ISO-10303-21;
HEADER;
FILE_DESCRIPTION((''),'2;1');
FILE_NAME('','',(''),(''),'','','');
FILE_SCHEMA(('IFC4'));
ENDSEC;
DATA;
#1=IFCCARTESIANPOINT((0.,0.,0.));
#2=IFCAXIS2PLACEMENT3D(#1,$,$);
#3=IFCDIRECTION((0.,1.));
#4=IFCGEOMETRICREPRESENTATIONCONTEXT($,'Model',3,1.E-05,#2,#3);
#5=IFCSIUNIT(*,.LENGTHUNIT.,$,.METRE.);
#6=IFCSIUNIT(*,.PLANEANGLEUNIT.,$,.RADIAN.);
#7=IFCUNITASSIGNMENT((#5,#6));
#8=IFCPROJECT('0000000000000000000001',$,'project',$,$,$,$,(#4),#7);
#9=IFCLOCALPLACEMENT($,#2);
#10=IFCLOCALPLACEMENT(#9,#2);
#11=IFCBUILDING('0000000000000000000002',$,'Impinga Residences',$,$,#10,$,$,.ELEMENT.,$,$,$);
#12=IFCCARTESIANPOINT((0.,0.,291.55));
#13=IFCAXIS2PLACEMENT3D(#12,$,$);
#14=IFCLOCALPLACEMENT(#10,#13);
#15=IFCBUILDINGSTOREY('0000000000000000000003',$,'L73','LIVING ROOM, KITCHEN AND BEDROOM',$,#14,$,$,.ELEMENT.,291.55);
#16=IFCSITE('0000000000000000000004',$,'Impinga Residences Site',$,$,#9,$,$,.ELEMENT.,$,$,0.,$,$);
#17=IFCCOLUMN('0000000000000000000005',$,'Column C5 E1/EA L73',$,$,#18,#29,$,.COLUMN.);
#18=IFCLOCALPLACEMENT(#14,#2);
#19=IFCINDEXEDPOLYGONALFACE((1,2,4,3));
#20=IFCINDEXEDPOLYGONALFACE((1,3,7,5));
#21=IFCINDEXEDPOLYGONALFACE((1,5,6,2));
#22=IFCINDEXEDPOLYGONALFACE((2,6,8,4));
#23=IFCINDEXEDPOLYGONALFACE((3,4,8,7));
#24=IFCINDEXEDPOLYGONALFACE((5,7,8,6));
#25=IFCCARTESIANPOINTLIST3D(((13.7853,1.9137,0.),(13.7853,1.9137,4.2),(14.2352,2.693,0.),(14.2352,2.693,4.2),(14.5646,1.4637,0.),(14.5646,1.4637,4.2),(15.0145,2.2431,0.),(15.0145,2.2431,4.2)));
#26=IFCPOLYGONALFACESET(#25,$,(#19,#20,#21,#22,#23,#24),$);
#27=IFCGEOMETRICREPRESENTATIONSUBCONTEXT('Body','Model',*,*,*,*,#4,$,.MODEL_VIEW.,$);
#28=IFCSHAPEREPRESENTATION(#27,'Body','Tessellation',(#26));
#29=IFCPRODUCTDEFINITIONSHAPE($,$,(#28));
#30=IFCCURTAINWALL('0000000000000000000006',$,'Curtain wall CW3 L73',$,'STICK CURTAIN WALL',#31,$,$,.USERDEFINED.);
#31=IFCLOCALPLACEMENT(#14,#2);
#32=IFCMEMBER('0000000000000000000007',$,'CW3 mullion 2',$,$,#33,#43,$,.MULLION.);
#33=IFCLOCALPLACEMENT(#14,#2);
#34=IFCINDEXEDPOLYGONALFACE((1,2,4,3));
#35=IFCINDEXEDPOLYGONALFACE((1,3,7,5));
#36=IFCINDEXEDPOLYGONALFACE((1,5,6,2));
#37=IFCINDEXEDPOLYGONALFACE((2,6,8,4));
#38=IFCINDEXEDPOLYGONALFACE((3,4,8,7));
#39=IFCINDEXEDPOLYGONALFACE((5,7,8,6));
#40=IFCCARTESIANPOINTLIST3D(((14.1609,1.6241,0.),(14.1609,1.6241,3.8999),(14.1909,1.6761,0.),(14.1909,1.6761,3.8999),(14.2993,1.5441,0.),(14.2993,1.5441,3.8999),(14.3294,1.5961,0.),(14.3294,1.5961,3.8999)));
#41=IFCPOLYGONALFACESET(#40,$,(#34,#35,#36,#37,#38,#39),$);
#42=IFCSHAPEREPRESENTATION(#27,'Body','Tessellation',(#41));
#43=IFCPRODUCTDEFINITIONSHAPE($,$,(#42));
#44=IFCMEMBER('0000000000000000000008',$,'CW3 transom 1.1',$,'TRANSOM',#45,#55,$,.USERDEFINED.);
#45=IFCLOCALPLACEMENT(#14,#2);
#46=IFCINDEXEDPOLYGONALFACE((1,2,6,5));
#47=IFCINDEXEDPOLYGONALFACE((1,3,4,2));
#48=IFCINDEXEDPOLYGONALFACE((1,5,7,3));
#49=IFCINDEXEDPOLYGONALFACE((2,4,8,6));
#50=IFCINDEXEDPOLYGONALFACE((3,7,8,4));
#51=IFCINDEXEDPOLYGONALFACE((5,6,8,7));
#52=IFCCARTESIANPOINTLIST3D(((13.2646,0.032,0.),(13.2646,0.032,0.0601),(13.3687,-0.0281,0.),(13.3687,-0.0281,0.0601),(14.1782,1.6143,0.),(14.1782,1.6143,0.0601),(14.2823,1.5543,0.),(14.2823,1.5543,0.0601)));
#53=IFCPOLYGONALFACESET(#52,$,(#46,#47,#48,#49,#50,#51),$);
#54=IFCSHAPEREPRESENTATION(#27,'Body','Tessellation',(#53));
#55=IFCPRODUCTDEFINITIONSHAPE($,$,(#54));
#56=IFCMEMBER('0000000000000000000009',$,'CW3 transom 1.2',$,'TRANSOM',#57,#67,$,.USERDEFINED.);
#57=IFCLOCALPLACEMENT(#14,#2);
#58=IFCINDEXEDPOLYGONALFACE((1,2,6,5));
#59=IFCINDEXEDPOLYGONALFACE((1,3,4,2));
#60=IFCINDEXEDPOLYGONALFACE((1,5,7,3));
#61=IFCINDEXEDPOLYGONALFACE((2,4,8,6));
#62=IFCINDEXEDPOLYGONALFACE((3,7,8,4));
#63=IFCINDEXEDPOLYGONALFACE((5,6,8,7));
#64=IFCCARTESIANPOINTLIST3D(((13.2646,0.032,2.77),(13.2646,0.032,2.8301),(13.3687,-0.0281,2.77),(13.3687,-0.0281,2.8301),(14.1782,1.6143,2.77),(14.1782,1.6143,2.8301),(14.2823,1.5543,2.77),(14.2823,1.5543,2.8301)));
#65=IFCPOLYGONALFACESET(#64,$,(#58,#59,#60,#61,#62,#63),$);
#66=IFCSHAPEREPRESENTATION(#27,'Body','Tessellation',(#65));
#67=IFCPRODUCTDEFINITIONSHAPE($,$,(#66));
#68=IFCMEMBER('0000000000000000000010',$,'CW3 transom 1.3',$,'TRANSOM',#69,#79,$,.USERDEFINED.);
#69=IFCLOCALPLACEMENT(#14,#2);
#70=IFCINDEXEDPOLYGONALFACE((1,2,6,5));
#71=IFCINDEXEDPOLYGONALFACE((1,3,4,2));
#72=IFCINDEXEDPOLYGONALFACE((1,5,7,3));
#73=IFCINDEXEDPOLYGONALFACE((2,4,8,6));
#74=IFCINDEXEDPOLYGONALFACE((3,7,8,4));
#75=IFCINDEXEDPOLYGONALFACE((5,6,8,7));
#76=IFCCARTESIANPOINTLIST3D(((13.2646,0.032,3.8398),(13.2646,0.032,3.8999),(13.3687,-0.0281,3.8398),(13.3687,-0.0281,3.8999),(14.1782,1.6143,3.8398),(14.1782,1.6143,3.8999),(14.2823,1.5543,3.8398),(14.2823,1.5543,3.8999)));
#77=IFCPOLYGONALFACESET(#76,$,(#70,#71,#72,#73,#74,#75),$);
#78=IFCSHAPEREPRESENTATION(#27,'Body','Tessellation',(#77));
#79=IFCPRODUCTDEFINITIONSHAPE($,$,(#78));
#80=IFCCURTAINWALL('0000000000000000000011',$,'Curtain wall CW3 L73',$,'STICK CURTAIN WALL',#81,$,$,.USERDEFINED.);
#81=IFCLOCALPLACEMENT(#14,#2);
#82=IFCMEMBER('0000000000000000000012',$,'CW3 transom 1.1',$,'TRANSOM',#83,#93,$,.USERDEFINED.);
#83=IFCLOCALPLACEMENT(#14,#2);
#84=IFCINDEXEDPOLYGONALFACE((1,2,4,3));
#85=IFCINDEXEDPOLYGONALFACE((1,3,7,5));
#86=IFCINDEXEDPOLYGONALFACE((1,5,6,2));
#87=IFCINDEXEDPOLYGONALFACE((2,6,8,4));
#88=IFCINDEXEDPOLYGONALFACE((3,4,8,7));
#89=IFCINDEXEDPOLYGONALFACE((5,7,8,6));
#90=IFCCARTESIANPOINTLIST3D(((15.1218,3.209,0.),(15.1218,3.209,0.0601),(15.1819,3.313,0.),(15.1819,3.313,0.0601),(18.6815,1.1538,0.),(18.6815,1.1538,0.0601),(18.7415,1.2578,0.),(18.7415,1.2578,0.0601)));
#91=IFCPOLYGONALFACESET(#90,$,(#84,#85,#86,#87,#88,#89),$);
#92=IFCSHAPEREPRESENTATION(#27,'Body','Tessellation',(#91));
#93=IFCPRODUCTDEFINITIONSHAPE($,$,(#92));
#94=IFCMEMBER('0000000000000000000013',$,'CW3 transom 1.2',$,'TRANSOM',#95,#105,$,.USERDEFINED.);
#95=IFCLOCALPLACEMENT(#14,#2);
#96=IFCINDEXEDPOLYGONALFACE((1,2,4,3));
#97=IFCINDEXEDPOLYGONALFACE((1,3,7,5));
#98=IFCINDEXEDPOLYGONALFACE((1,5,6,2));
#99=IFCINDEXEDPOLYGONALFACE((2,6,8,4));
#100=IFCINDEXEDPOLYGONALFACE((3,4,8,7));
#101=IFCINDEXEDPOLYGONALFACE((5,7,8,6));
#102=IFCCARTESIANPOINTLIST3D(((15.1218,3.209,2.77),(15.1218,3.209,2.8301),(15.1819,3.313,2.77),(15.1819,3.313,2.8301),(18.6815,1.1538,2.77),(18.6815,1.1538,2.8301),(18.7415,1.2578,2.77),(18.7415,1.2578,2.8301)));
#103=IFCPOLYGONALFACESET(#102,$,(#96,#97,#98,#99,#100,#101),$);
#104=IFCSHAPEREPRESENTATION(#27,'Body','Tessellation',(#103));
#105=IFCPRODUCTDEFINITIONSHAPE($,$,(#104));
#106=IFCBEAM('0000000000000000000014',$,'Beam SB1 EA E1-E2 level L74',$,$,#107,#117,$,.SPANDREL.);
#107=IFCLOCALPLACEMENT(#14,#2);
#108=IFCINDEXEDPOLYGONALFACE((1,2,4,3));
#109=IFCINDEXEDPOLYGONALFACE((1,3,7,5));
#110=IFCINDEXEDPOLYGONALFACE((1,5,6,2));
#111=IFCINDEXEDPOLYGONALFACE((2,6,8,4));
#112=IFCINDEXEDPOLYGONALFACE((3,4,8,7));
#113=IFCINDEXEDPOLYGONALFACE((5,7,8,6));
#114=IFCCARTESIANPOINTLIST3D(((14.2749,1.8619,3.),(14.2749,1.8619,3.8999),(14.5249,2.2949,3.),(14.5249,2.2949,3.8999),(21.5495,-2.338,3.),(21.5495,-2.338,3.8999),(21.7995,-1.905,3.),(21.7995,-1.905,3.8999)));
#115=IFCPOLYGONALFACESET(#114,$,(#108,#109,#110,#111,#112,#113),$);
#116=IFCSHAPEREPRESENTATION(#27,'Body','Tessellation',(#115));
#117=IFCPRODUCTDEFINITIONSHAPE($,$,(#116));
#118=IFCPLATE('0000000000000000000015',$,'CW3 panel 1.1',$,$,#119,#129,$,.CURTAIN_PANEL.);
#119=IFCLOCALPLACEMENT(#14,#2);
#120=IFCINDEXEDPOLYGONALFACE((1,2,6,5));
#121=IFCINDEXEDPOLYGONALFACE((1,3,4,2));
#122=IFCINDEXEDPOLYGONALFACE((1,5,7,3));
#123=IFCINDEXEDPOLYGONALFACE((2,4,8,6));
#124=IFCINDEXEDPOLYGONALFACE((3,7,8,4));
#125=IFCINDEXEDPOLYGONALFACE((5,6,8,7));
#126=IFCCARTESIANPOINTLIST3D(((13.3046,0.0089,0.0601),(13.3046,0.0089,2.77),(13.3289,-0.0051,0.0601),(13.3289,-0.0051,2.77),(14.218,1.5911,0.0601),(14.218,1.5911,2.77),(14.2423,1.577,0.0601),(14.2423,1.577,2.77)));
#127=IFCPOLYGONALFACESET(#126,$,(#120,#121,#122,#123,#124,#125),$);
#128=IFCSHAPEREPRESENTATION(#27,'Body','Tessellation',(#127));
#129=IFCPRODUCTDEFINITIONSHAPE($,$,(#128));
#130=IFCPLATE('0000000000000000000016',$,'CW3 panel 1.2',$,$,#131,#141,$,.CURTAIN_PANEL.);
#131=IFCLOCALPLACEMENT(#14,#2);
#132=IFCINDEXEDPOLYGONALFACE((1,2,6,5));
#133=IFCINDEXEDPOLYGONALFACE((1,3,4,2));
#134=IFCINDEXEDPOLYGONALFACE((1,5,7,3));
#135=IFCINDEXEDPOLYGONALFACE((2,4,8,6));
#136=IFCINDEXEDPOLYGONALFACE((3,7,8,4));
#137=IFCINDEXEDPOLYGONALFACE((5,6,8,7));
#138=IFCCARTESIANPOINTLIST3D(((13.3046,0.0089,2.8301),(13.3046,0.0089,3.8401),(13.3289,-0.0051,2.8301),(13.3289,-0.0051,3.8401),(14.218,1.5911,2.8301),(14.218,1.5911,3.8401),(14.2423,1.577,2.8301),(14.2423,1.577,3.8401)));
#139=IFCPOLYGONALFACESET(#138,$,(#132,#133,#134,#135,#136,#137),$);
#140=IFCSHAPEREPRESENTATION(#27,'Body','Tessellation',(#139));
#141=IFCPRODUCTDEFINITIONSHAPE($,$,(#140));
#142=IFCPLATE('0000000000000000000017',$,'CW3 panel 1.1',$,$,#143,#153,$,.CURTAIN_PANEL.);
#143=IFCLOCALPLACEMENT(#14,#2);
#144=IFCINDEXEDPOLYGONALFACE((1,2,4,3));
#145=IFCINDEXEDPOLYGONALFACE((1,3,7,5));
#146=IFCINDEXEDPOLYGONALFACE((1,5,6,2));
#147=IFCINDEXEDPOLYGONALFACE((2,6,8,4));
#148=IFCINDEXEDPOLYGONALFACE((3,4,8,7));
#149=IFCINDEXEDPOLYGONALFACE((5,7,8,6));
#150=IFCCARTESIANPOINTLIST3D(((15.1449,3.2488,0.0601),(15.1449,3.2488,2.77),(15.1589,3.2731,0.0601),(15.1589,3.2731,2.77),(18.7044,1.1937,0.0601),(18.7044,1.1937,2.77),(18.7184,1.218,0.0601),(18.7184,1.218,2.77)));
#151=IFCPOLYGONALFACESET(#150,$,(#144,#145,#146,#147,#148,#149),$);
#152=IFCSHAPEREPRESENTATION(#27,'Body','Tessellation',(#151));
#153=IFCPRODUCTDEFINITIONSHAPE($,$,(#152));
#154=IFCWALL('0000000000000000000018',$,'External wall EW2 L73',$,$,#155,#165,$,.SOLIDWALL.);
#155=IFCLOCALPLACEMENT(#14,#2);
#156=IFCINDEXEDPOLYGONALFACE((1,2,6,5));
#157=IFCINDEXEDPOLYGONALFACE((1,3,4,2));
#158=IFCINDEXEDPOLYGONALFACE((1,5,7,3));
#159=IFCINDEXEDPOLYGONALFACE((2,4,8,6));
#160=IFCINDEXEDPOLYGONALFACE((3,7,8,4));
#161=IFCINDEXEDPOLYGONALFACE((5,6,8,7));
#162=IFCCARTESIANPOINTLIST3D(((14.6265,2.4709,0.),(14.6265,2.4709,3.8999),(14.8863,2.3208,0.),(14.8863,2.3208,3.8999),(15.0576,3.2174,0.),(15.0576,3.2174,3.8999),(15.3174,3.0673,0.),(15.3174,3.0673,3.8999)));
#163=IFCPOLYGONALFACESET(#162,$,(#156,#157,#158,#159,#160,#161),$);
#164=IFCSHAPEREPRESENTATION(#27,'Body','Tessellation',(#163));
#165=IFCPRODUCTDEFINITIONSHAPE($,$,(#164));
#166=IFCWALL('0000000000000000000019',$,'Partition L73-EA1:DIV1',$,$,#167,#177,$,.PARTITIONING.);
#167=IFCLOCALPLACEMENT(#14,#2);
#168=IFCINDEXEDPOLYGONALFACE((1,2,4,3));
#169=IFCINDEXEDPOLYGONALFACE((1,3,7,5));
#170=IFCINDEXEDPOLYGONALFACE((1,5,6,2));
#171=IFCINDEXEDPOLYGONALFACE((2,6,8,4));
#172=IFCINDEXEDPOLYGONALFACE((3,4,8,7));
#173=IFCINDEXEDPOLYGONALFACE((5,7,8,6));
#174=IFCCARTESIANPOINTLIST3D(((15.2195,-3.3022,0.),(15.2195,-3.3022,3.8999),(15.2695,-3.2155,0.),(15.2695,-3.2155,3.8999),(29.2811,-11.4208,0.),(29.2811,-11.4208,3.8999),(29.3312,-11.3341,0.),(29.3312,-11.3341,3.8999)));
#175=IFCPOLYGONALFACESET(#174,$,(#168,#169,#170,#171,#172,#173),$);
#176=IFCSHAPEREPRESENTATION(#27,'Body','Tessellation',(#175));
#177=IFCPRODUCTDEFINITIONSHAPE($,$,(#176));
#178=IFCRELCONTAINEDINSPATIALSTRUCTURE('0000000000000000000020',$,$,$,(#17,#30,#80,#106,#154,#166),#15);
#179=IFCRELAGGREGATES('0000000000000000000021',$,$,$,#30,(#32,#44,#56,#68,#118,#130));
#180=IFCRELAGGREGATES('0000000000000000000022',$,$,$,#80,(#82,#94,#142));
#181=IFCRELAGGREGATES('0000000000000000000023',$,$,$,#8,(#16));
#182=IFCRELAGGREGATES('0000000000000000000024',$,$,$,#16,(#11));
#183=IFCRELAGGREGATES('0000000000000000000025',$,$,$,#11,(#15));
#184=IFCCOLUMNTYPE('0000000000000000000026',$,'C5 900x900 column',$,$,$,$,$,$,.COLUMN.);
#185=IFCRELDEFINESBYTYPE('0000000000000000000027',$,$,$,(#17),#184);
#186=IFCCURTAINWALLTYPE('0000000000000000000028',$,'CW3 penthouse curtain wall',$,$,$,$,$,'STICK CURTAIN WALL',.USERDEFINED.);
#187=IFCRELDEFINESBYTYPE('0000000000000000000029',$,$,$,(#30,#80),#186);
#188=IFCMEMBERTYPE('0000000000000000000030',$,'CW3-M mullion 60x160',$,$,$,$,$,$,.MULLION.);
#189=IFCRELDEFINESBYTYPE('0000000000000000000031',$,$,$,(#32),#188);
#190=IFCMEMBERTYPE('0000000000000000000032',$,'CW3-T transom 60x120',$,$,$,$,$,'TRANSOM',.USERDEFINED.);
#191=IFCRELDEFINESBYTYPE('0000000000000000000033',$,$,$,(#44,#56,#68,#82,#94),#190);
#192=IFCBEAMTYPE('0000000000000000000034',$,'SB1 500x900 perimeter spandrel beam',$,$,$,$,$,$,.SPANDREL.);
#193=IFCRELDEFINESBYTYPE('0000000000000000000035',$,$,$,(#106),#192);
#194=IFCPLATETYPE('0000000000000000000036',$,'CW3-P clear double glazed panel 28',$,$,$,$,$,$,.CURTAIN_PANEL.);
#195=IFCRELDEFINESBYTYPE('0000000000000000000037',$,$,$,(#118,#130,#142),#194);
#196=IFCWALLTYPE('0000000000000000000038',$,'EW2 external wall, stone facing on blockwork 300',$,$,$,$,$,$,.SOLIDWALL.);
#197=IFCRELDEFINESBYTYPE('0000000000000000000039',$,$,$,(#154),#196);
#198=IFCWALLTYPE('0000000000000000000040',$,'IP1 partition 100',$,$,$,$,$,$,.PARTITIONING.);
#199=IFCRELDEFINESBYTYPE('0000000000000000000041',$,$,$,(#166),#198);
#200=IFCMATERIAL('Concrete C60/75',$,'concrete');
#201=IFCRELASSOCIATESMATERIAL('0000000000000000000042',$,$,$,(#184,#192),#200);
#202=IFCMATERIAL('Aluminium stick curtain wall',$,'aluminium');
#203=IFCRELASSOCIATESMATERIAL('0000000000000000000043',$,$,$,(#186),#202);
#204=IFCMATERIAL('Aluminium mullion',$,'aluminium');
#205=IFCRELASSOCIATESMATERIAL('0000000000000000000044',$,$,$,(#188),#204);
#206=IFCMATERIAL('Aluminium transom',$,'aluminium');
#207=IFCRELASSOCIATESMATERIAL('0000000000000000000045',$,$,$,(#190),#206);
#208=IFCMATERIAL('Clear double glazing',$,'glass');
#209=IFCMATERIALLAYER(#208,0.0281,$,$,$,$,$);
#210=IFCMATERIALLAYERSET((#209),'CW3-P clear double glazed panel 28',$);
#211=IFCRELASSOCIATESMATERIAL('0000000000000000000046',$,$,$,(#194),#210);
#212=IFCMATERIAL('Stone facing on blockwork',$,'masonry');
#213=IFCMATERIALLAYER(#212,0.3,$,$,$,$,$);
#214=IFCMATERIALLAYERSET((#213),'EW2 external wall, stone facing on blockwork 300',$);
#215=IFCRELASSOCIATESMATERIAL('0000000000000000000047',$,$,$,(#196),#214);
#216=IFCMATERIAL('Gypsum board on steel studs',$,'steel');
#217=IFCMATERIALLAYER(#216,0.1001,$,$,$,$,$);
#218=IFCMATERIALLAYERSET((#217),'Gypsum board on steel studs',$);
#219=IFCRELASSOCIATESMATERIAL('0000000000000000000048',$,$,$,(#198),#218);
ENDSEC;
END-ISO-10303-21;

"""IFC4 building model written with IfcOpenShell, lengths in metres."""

from ifc_helpers import new_model, si_unit, direction, frame, frame_2d, origin, origin_2d, place, context, subcontext, project, spatial, rectangle, extrude, material, layer, layer_set, material_profile, profile_set, type_object, element, aggregate, save


model = new_model("IFC4")

# Units and contexts
model_context = context("Model", 3, precision=1e-05, world=origin(), true_north=direction((0.0, 1.0)))
body_context = subcontext(model_context, "Body", "Model", "MODEL_VIEW")
ifc_project = project(units=[si_unit("LENGTHUNIT", "METRE"), si_unit("PLANEANGLEUNIT", "RADIAN")], contexts=[model_context])

# Site, building, storey
site_placement = place(None, origin())
site = spatial("IfcSite", under=ifc_project, at=site_placement, Name="Impinga Residences Site", CompositionType="ELEMENT", RefElevation=0.0)
building_placement = place(site_placement, origin())
building = spatial("IfcBuilding", under=site, at=building_placement, Name="Impinga Residences", CompositionType="ELEMENT")
storey_placement = place(building_placement, frame((0.0, 0.0, 291.55)))
storey = spatial("IfcBuildingStorey", under=building, at=storey_placement, Name="L73", Description="LIVING ROOM, KITCHEN AND BEDROOM", CompositionType="ELEMENT", Elevation=291.55)

# Column
ifc_material_1 = material(Name="Concrete C60/75", Category="concrete")
ifc_material_profile_1 = material_profile(ifc_material_1, rectangle(XDim=0.8999, YDim=0.8999, at=origin_2d()), Name="RC 900x900")
ifc_profile_set_1 = profile_set([ifc_material_profile_1], Name="Concrete C60/75")
column_type = type_object("IfcColumnType", Name="C5 900x900 column", PredefinedType="COLUMN", material=ifc_profile_set_1)
column_placement = place(storey_placement, frame((14.3999, 2.0784, 0.0), z_axis=(0.0, 0.0, 1.0), x_axis=(-0.5, -0.866025, 0.0)))
element("IfcColumn", 1, at=column_placement, inside=storey, type_object=column_type, Name="Column C5 E1/EA L73", PredefinedType="COLUMN", context=body_context, shape_type="SweptSolid", body=[
    extrude(rectangle(XDim=0.8999, YDim=0.8999, at=origin_2d()), origin(), (0.0, 0.0, 1.0), 4.2),
])

# Curtain walls, members
ifc_material_2 = material(Name="Aluminium stick curtain wall", Category="aluminium")
curtain_wall_type = type_object("IfcCurtainWallType", Name="CW3 penthouse curtain wall", ElementType="STICK CURTAIN WALL", PredefinedType="USERDEFINED", material=ifc_material_2)
curtain_wall_1_placement = place(storey_placement, origin())
curtain_wall_1 = element("IfcCurtainWall", 2, at=curtain_wall_1_placement, inside=storey, type_object=curtain_wall_type, Name="Curtain wall CW3 L73", ObjectType="STICK CURTAIN WALL", PredefinedType="USERDEFINED")
ifc_material_3 = material(Name="Aluminium mullion", Category="aluminium")
ifc_material_profile_2 = material_profile(ifc_material_3, rectangle(XDim=0.0601, YDim=0.1599, at=origin_2d()), Name="60x160 mullion")
ifc_profile_set_2 = profile_set([ifc_material_profile_2], Name="Aluminium mullion")
member_type_1 = type_object("IfcMemberType", Name="CW3-M mullion 60x160", PredefinedType="MULLION", material=ifc_profile_set_2)
member_1_placement = place(storey_placement, frame((14.2451, 1.6101, 0.0), z_axis=(0.0, 0.0, 1.0), x_axis=(0.5, 0.866025, 0.0)))
member_1 = element("IfcMember", 3, at=member_1_placement, type_object=member_type_1, Name="CW3 mullion 2", PredefinedType="MULLION", context=body_context, shape_type="SweptSolid", body=[
    extrude(rectangle(XDim=0.0601, YDim=0.1599, at=origin_2d()), origin(), (0.0, 0.0, 1.0), 3.8999),
])
ifc_material_4 = material(Name="Aluminium transom", Category="aluminium")
ifc_material_profile_3 = material_profile(ifc_material_4, rectangle(XDim=0.0601, YDim=0.1201, at=origin_2d()), Name="60x120 transom")
ifc_profile_set_3 = profile_set([ifc_material_profile_3], Name="Aluminium transom")
member_type_2 = type_object("IfcMemberType", Name="CW3-T transom 60x120", ElementType="TRANSOM", PredefinedType="USERDEFINED", material=ifc_profile_set_3)
member_2_placement = place(storey_placement, frame((13.3167, 0.002, 0.03), z_axis=(0.500019, 0.866014, 0.0), x_axis=(0.0, 0.0, 1.0)))
member_2 = element("IfcMember", 4, at=member_2_placement, type_object=member_type_2, Name="CW3 transom 1.1", ObjectType="TRANSOM", PredefinedType="USERDEFINED", context=body_context, shape_type="SweptSolid", body=[
    extrude(rectangle(XDim=0.0601, YDim=0.1201, at=origin_2d()), origin(), (0.0, 0.0, 1.0), 1.8271),
])
member_3_placement = place(storey_placement, frame((13.3167, 0.002, 2.8), z_axis=(0.500019, 0.866014, 0.0), x_axis=(0.0, 0.0, 1.0)))
member_3 = element("IfcMember", 5, at=member_3_placement, type_object=member_type_2, Name="CW3 transom 1.2", ObjectType="TRANSOM", PredefinedType="USERDEFINED", context=body_context, shape_type="SweptSolid", body=[
    extrude(rectangle(XDim=0.0601, YDim=0.1201, at=origin_2d()), origin(), (0.0, 0.0, 1.0), 1.8271),
])
member_4_placement = place(storey_placement, frame((13.3167, 0.002, 3.8699), z_axis=(0.500019, 0.866014, 0.0), x_axis=(0.0, 0.0, 1.0)))
member_4 = element("IfcMember", 6, at=member_4_placement, type_object=member_type_2, Name="CW3 transom 1.3", ObjectType="TRANSOM", PredefinedType="USERDEFINED", context=body_context, shape_type="SweptSolid", body=[
    extrude(rectangle(XDim=0.0601, YDim=0.1201, at=origin_2d()), origin(), (0.0, 0.0, 1.0), 1.8271),
])
curtain_wall_2_placement = place(storey_placement, origin())
curtain_wall_2 = element("IfcCurtainWall", 7, at=curtain_wall_2_placement, inside=storey, type_object=curtain_wall_type, Name="Curtain wall CW3 L73", ObjectType="STICK CURTAIN WALL", PredefinedType="USERDEFINED")
member_5_placement = place(storey_placement, frame((15.1519, 3.261, 0.03), z_axis=(0.866019, -0.50001, 0.0), x_axis=(0.0, 0.0, 1.0)))
member_5 = element("IfcMember", 8, at=member_5_placement, type_object=member_type_2, Name="CW3 transom 1.1", ObjectType="TRANSOM", PredefinedType="USERDEFINED", context=body_context, shape_type="SweptSolid", body=[
    extrude(rectangle(XDim=0.0601, YDim=0.1201, at=origin_2d()), origin(), (0.0, 0.0, 1.0), 4.1104),
])
member_6_placement = place(storey_placement, frame((15.1519, 3.261, 2.8), z_axis=(0.866019, -0.50001, 0.0), x_axis=(0.0, 0.0, 1.0)))
member_6 = element("IfcMember", 9, at=member_6_placement, type_object=member_type_2, Name="CW3 transom 1.2", ObjectType="TRANSOM", PredefinedType="USERDEFINED", context=body_context, shape_type="SweptSolid", body=[
    extrude(rectangle(XDim=0.0601, YDim=0.1201, at=origin_2d()), origin(), (0.0, 0.0, 1.0), 4.1104),
])

# Beam
ifc_material_profile_4 = material_profile(ifc_material_1, rectangle(XDim=0.5, YDim=0.8999, at=origin_2d()), Name="RC 500x900")
ifc_profile_set_4 = profile_set([ifc_material_profile_4], Name="Concrete C60/75")
beam_type = type_object("IfcBeamType", Name="SB1 500x900 perimeter spandrel beam", PredefinedType="SPANDREL", material=ifc_profile_set_4)
beam_placement = place(storey_placement, frame((14.3999, 2.0784, 3.45), z_axis=(0.866029, -0.499993, 0.0), x_axis=(0.499993, 0.866029, 0.0)))
element("IfcBeam", 10, at=beam_placement, inside=storey, type_object=beam_type, Name="Beam SB1 EA E1-E2 level L74", PredefinedType="SPANDREL", context=body_context, shape_type="SweptSolid", body=[
    extrude(rectangle(XDim=0.5, YDim=0.8999, at=origin_2d()), origin(), (0.0, 0.0, 1.0), 8.3999),
])

# Plates
ifc_material_5 = material(Name="Clear double glazing", Category="glass")
ifc_layer_1 = layer(ifc_material_5, 0.0281)
ifc_layer_set_1 = layer_set([ifc_layer_1], Name="CW3-P clear double glazed panel 28")
plate_type = type_object("IfcPlateType", Name="CW3-P clear double glazed panel 28", PredefinedType="CURTAIN_PANEL", material=ifc_layer_set_1)
plate_1_placement = place(storey_placement, frame((13.7734, 0.793, 0.0601), z_axis=(0.0, 0.0, 1.0), x_axis=(0.5, 0.866025, 0.0)))
plate_1 = element("IfcPlate", 11, at=plate_1_placement, type_object=plate_type, Name="CW3 panel 1.1", PredefinedType="CURTAIN_PANEL", context=body_context, shape_type="SweptSolid", body=[
    extrude(rectangle(XDim=1.8269, YDim=0.0281, at=origin_2d()), origin(), (0.0, 0.0, 1.0), 2.71),
])
plate_2_placement = place(storey_placement, frame((13.7734, 0.793, 2.8301), z_axis=(0.0, 0.0, 1.0), x_axis=(0.5, 0.866025, 0.0)))
plate_2 = element("IfcPlate", 12, at=plate_2_placement, type_object=plate_type, Name="CW3 panel 1.2", PredefinedType="CURTAIN_PANEL", context=body_context, shape_type="SweptSolid", body=[
    extrude(rectangle(XDim=1.8269, YDim=0.0281, at=origin_2d()), origin(), (0.0, 0.0, 1.0), 1.01),
])
aggregate(curtain_wall_1, [member_1, member_2, member_3, member_4, plate_1, plate_2])
plate_3_placement = place(storey_placement, frame((16.9316, 2.2334, 0.0601), z_axis=(0.0, 0.0, 1.0), x_axis=(0.866025, -0.5, 0.0)))
plate_3 = element("IfcPlate", 13, at=plate_3_placement, type_object=plate_type, Name="CW3 panel 1.1", PredefinedType="CURTAIN_PANEL", context=body_context, shape_type="SweptSolid", body=[
    extrude(rectangle(XDim=4.1101, YDim=0.0281, at=origin_2d()), origin(), (0.0, 0.0, 1.0), 2.71),
])
aggregate(curtain_wall_2, [member_5, member_6, plate_3])

# Walls
ifc_material_6 = material(Name="Stone facing on blockwork", Category="masonry")
ifc_layer_2 = layer(ifc_material_6, 0.3)
ifc_layer_set_2 = layer_set([ifc_layer_2], Name="EW2 external wall, stone facing on blockwork 300")
wall_type_1 = type_object("IfcWallType", Name="EW2 external wall, stone facing on blockwork 300", PredefinedType="SOLIDWALL", material=ifc_layer_set_2)
wall_1_placement = place(storey_placement, frame((14.7563, 2.3958, 0.0), z_axis=(0.0, 0.0, 1.0), x_axis=(0.500098, 0.865969, 0.0)))
element("IfcWall", 14, at=wall_1_placement, inside=storey, type_object=wall_type_1, Name="External wall EW2 L73", PredefinedType="SOLIDWALL", context=body_context, shape_type="SweptSolid", body=[
    extrude(rectangle(XDim=0.8621, YDim=0.3, at=frame_2d((0.4312, 0.0))), origin(), (0.0, 0.0, 1.0), 3.8999),
])
ifc_material_7 = material(Name="Gypsum board on steel studs", Category="steel")
ifc_layer_3 = layer(ifc_material_7, 0.1001)
ifc_layer_set_3 = layer_set([ifc_layer_3], Name="Gypsum board on steel studs")
wall_type_2 = type_object("IfcWallType", Name="IP1 partition 100", PredefinedType="PARTITIONING", material=ifc_layer_set_3)
wall_2_placement = place(storey_placement, frame((15.2444, -3.2588, 0.0), z_axis=(0.0, 0.0, 1.0), x_axis=(0.866023, -0.500004, 0.0)))
element("IfcWall", 15, at=wall_2_placement, inside=storey, type_object=wall_type_2, Name="Partition L73-EA1:DIV1", PredefinedType="PARTITIONING", context=body_context, shape_type="SweptSolid", body=[
    extrude(rectangle(XDim=16.2371, YDim=0.1001, at=frame_2d((8.1187, 0.0))), origin(), (0.0, 0.0, 1.0), 3.8999),
])

save(model, "model.ifc")
